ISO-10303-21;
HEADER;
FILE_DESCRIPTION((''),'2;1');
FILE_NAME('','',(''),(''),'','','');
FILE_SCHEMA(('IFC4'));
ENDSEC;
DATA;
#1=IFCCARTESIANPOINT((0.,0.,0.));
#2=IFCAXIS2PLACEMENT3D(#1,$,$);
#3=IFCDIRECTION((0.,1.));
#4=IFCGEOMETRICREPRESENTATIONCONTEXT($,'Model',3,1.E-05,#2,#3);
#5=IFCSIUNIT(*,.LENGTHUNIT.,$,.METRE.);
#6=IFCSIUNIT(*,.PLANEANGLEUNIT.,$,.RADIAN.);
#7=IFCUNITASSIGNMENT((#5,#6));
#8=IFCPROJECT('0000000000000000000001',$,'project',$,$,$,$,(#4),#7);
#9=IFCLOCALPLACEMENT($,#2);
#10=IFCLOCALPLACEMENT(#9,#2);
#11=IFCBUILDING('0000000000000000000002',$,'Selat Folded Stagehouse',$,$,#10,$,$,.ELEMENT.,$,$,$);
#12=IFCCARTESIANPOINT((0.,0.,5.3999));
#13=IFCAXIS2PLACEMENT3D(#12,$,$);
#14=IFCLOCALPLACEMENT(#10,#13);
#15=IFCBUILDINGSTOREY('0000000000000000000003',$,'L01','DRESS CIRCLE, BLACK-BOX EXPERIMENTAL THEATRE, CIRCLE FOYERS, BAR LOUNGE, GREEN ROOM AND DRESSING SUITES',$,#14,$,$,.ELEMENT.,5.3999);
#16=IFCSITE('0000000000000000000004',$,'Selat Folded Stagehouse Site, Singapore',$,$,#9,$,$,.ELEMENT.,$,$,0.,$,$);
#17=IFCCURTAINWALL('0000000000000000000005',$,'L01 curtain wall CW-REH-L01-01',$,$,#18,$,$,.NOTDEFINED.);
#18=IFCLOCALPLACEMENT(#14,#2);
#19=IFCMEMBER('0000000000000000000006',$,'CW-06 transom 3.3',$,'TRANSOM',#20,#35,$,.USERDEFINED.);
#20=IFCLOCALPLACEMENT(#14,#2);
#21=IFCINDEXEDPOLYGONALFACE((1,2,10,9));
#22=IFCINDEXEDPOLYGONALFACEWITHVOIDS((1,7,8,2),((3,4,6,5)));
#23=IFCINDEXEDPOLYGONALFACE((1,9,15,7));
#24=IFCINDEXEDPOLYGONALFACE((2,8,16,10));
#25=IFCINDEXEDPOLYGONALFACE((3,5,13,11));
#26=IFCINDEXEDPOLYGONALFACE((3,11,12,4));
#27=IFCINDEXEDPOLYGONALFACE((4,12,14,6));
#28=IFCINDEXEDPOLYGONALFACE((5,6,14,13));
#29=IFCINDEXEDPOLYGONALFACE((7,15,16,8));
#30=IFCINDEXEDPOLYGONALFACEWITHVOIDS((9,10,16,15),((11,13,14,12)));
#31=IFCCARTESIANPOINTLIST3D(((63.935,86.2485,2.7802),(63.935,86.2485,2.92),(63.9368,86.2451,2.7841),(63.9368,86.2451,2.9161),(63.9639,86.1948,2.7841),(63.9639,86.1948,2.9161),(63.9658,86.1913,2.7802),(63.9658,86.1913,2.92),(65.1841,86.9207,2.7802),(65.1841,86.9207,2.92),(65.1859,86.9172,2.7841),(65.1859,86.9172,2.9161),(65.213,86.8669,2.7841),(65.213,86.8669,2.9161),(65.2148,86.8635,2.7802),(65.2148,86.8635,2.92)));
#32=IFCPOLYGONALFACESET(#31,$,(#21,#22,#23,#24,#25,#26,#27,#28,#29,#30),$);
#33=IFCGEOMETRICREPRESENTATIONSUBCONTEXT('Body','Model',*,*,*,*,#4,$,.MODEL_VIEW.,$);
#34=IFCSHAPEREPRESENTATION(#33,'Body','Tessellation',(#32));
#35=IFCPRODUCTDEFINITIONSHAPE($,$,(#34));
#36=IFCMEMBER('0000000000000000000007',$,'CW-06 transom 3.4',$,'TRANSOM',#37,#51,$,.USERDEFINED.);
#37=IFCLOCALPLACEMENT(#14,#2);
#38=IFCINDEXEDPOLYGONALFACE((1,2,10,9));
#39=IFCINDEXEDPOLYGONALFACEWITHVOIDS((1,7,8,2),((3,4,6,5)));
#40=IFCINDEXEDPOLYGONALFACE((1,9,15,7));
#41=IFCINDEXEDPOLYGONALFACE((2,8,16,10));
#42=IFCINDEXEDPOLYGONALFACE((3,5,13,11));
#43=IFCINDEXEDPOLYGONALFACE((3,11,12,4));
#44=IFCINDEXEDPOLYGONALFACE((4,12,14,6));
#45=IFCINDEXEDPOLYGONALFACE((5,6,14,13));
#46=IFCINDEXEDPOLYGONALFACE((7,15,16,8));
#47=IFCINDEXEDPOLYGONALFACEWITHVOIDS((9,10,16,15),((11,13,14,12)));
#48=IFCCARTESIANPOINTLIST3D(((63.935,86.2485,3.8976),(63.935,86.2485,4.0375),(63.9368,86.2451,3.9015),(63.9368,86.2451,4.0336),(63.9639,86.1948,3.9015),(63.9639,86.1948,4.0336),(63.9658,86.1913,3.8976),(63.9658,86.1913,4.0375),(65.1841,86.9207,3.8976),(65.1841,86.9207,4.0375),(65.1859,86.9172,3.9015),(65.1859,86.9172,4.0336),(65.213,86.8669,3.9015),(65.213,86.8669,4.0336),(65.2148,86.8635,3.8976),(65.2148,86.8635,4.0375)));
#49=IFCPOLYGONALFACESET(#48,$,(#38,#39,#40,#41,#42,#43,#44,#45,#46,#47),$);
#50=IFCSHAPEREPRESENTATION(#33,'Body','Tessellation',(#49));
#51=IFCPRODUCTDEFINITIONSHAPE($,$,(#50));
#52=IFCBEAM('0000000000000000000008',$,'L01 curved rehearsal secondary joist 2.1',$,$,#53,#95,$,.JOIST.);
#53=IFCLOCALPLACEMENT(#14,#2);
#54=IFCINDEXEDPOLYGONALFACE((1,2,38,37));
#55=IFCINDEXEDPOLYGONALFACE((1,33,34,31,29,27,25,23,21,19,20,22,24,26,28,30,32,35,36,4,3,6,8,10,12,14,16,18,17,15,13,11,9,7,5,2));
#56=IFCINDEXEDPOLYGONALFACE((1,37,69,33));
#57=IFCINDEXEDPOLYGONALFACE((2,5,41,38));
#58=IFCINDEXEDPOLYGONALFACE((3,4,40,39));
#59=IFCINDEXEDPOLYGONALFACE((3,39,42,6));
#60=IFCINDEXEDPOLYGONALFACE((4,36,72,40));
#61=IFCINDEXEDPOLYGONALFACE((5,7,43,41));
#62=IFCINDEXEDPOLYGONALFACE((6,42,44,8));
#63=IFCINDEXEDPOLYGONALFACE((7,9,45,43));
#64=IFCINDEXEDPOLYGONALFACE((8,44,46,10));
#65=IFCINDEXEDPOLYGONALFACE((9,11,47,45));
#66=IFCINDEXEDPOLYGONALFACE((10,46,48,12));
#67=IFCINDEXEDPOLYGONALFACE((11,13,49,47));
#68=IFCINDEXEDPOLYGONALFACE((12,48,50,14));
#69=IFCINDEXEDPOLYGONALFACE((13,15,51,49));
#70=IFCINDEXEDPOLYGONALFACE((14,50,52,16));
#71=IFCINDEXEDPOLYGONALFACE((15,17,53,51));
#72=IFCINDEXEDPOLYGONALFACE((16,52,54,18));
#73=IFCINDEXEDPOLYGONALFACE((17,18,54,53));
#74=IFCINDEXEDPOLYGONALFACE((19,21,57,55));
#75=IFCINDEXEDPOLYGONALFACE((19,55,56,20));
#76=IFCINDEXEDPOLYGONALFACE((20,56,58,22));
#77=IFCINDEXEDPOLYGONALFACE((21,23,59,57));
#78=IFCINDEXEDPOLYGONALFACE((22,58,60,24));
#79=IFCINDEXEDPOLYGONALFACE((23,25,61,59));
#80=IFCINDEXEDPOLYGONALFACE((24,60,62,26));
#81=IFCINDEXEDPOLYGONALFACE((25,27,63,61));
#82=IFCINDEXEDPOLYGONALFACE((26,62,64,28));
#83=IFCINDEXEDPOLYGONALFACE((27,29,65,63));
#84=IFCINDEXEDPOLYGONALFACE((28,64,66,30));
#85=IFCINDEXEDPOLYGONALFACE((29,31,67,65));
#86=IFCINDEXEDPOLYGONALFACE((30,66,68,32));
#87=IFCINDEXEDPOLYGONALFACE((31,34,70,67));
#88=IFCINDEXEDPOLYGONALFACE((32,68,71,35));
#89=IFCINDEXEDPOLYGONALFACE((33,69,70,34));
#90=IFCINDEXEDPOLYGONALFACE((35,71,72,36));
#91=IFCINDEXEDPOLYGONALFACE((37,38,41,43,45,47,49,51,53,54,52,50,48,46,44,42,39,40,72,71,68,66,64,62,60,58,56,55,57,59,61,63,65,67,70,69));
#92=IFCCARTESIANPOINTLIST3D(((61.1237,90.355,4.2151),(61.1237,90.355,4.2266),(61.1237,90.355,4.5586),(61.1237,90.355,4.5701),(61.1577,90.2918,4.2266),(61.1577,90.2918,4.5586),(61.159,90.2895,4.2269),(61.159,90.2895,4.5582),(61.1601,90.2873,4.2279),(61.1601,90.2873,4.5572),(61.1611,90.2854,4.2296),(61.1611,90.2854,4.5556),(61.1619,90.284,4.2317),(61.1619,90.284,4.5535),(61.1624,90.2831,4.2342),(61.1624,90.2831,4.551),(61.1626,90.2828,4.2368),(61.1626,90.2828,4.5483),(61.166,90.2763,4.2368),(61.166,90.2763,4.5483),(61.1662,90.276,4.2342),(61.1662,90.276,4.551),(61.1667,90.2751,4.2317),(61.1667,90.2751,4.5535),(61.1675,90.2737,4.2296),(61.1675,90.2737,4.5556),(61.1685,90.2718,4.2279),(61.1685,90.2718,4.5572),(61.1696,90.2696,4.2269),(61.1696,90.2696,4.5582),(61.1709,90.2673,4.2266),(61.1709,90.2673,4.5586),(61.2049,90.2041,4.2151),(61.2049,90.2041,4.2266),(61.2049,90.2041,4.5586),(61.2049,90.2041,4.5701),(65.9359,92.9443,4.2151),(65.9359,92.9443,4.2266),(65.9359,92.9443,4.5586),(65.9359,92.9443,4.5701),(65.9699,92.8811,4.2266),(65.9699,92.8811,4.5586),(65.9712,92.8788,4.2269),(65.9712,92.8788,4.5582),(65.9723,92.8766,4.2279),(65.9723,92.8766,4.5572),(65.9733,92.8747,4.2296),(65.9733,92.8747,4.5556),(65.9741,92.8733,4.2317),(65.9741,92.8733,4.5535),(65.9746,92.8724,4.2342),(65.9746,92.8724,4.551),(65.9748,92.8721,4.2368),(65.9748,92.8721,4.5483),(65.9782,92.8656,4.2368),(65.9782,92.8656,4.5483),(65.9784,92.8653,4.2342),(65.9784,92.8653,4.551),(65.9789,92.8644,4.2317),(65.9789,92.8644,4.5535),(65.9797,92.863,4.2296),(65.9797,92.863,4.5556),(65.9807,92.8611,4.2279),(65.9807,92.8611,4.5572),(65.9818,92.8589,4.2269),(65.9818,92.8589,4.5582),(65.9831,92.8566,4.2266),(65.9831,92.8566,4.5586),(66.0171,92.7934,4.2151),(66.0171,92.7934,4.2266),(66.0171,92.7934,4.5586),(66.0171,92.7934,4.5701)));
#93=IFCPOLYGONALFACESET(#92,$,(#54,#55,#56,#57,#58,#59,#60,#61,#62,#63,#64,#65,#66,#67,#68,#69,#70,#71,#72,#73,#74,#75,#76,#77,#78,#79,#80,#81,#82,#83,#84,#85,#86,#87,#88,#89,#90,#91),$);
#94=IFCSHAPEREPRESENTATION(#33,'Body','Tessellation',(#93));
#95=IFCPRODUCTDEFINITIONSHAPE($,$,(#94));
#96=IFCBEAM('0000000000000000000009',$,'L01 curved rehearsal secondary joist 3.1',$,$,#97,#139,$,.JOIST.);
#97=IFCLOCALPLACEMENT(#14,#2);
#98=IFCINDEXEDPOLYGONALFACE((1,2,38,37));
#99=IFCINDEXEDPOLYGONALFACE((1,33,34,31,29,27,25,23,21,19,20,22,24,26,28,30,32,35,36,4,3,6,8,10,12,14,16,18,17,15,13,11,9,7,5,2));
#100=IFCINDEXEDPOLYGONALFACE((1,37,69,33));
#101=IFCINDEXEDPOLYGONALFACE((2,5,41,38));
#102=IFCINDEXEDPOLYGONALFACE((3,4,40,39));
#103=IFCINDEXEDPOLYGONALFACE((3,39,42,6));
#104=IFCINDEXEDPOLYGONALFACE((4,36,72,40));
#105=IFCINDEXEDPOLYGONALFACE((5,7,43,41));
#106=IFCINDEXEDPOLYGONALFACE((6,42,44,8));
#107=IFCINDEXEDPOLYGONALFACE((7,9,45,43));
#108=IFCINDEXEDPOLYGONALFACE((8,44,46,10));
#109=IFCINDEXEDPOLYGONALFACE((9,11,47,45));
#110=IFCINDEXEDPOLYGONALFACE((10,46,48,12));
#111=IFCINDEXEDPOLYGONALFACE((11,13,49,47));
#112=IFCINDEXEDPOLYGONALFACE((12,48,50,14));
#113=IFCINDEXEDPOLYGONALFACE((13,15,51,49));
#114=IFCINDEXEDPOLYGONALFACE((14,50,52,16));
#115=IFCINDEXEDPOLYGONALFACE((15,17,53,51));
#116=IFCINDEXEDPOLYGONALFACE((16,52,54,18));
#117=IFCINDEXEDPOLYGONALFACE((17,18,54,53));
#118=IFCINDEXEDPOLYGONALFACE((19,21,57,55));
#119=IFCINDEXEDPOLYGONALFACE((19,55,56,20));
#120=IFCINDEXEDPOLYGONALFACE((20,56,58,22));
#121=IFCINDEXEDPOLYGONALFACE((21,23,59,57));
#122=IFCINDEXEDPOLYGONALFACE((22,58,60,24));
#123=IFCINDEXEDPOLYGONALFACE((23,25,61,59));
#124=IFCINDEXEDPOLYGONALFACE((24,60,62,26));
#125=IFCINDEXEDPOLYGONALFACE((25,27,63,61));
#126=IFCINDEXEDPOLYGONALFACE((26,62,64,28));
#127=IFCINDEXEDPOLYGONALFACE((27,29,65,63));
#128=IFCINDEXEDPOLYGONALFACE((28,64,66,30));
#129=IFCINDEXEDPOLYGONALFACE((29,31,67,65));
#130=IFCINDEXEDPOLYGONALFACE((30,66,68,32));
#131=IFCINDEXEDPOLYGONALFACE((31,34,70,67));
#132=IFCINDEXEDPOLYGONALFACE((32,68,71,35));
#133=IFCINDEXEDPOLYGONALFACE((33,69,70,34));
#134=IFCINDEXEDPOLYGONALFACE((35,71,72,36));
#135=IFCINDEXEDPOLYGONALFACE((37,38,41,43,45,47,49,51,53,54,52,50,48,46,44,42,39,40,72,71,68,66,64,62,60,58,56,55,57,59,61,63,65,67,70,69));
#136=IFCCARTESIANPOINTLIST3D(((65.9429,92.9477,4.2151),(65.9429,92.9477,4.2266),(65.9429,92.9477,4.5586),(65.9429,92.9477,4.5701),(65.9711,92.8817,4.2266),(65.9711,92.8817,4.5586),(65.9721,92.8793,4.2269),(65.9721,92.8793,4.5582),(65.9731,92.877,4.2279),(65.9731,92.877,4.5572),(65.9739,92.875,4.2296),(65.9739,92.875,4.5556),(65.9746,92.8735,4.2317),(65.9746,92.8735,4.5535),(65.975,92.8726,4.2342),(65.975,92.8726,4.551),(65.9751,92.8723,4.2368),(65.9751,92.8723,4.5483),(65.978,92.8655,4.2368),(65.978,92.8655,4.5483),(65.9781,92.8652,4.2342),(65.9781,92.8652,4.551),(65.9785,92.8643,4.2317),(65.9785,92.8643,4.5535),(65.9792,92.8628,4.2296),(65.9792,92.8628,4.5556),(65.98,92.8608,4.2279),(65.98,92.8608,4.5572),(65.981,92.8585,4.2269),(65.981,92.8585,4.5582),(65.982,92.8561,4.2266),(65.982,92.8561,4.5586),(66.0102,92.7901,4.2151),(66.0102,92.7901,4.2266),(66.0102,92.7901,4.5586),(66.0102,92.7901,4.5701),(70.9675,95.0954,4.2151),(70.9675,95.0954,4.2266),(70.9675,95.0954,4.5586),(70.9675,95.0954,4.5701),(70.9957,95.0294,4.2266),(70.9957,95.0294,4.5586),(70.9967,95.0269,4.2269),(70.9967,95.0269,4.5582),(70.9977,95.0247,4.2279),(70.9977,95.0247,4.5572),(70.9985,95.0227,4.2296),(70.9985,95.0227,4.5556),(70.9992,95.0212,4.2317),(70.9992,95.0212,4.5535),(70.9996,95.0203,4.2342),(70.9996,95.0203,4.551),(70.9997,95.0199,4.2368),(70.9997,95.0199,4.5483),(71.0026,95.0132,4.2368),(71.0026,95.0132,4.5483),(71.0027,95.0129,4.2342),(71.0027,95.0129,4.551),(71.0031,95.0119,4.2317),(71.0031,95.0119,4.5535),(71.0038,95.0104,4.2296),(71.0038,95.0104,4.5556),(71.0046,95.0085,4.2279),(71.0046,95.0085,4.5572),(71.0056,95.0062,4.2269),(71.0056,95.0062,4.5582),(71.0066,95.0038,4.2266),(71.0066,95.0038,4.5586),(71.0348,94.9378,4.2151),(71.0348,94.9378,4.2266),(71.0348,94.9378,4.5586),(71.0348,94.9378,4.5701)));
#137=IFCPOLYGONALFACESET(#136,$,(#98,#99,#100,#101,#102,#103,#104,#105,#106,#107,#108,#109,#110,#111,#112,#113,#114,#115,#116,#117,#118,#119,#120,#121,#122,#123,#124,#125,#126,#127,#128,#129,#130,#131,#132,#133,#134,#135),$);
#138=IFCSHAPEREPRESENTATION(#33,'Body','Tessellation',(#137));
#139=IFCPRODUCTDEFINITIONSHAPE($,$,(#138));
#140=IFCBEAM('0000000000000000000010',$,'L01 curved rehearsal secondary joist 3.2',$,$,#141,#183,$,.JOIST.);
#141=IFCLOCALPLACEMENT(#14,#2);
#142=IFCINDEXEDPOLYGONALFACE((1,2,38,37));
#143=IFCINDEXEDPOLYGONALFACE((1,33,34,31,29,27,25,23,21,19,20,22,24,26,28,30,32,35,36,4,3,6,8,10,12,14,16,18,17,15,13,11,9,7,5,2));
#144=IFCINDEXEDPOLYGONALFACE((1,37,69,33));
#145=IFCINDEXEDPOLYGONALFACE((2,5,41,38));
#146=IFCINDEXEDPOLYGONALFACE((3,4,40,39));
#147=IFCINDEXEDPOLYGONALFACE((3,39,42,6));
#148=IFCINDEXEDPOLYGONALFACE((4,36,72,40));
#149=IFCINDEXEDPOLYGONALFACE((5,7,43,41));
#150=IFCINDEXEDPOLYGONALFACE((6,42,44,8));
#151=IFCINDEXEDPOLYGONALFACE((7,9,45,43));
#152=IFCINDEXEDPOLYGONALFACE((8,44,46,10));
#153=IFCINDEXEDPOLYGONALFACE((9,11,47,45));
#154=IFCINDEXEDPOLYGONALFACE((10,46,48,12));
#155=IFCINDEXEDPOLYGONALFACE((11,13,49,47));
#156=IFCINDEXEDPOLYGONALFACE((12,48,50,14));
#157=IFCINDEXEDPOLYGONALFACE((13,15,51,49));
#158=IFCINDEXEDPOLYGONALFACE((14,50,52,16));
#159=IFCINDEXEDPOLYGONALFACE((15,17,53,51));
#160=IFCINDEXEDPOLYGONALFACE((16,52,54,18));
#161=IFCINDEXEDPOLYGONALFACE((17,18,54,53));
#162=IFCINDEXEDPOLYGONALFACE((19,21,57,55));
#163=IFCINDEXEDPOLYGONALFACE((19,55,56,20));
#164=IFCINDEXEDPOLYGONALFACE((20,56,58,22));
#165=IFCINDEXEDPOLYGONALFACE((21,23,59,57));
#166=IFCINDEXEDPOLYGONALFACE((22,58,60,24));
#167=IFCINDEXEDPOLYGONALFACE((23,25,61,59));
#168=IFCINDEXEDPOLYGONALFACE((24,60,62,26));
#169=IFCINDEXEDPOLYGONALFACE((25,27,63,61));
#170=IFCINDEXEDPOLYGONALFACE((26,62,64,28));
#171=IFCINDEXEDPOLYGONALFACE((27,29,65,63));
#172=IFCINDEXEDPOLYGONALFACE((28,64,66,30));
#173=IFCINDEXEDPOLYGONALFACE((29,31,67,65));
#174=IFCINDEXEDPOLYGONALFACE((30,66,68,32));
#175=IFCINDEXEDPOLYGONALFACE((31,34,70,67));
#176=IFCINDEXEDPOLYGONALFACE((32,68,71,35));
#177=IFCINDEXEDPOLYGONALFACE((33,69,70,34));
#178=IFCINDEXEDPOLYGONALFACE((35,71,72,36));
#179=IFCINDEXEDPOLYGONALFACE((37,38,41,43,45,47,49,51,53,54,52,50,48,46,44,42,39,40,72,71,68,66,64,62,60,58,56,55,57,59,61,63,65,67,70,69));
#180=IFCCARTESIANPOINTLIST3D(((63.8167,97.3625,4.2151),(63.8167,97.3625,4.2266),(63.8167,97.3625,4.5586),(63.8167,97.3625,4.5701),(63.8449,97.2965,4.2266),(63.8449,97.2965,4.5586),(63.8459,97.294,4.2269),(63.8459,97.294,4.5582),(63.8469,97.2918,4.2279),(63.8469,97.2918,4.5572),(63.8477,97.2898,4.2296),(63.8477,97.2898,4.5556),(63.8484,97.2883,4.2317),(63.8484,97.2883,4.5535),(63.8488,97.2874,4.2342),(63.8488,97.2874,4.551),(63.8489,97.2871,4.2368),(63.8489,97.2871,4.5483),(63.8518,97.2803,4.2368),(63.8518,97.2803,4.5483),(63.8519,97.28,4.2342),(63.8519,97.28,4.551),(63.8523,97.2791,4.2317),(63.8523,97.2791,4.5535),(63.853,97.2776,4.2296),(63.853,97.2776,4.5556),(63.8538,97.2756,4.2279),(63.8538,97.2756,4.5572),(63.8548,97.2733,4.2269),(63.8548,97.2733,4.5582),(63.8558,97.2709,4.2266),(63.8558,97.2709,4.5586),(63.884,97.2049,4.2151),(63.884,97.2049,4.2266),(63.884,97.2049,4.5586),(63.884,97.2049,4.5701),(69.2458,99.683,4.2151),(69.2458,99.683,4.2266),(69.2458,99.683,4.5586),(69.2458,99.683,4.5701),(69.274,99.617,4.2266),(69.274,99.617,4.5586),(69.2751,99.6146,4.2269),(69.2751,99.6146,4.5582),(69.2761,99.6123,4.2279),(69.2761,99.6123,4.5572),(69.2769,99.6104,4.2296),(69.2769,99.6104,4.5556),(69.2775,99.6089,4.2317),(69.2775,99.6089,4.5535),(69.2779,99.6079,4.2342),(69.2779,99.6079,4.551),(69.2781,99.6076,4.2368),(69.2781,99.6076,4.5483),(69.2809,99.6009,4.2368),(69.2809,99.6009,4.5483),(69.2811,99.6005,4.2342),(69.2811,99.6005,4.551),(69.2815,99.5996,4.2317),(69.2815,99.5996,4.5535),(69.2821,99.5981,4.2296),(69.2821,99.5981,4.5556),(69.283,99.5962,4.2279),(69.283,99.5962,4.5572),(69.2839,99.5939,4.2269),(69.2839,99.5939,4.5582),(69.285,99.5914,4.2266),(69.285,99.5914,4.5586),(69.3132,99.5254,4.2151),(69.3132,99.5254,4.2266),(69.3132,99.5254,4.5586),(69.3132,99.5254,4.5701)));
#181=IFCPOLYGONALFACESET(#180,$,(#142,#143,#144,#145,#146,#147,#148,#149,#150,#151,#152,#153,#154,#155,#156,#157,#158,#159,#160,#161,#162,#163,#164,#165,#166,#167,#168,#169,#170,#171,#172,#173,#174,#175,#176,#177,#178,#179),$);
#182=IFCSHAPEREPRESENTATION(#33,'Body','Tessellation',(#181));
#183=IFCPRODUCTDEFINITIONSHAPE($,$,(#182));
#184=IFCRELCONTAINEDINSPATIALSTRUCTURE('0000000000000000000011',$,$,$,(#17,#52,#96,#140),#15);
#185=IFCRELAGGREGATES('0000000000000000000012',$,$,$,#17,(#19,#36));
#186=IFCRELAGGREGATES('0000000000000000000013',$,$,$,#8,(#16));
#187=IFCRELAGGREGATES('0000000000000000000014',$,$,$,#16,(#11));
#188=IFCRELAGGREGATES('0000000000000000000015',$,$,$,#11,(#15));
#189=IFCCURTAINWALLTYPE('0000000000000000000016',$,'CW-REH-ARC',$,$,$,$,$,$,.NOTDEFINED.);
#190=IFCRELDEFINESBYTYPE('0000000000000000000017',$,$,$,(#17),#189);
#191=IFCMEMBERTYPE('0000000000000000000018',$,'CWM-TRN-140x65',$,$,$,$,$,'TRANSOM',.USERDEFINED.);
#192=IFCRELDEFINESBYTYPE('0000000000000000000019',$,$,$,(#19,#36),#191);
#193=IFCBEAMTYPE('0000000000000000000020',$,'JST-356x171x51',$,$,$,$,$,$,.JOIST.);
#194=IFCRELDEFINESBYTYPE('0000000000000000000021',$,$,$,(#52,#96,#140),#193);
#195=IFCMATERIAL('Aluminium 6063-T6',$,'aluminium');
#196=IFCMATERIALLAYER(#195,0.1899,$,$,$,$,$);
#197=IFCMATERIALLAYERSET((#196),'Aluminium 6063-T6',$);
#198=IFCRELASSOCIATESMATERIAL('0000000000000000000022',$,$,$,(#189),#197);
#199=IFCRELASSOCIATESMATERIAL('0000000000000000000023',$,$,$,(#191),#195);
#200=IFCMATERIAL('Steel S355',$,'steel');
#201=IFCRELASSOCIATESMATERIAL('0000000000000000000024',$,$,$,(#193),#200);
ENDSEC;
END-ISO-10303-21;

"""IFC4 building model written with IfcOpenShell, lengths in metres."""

from ifc_helpers import new_model, si_unit, direction, frame, origin, origin_2d, place, context, subcontext, project, spatial, hollow_rectangle, i_section, extrude, material, layer, layer_set, material_profile, profile_set, type_object, element, aggregate, save


model = new_model("IFC4")

# Units and contexts
model_context = context("Model", 3, precision=1e-05, world=origin(), true_north=direction((0.0, 1.0)))
body_context = subcontext(model_context, "Body", "Model", "MODEL_VIEW")
ifc_project = project(units=[si_unit("LENGTHUNIT", "METRE"), si_unit("PLANEANGLEUNIT", "RADIAN")], contexts=[model_context])

# Site, building, storey
site_placement = place(None, origin())
site = spatial("IfcSite", under=ifc_project, at=site_placement, Name="Selat Folded Stagehouse Site, Singapore", CompositionType="ELEMENT", RefElevation=0.0)
building_placement = place(site_placement, origin())
building = spatial("IfcBuilding", under=site, at=building_placement, Name="Selat Folded Stagehouse", CompositionType="ELEMENT")
storey_placement = place(building_placement, frame((0.0, 0.0, 5.3999)))
storey = spatial("IfcBuildingStorey", under=building, at=storey_placement, Name="L01", Description="DRESS CIRCLE, BLACK-BOX EXPERIMENTAL THEATRE, CIRCLE FOYERS, BAR LOUNGE, GREEN ROOM AND DRESSING SUITES", CompositionType="ELEMENT", Elevation=5.3999)

# Shared definitions
ifc_material_1 = material(Name="Steel S355", Category="steel")

# Curtain wall, members
ifc_material_2 = material(Name="Aluminium 6063-T6", Category="aluminium")
ifc_layer_1 = layer(ifc_material_2, 0.1899)
ifc_layer_set_1 = layer_set([ifc_layer_1], Name="Aluminium 6063-T6")
curtain_wall_type = type_object("IfcCurtainWallType", Name="CW-REH-ARC", PredefinedType="NOTDEFINED", material=ifc_layer_set_1)
curtain_wall_placement = place(storey_placement, origin())
curtain_wall = element("IfcCurtainWall", 1, at=curtain_wall_placement, inside=storey, type_object=curtain_wall_type, Name="L01 curtain wall CW-REH-L01-01", PredefinedType="NOTDEFINED")
ifc_material_profile_1 = material_profile(ifc_material_2, hollow_rectangle(XDim=0.0649, YDim=0.1399, WallThickness=0.0039, at=origin_2d()), Name="ALU 140x65x4.0")
ifc_profile_set_1 = profile_set([ifc_material_profile_1], Name="Aluminium 6063-T6")
member_type_1 = type_object("IfcMemberType", Name="CWM-TRN-140x65", ElementType="TRANSOM", PredefinedType="USERDEFINED", material=ifc_profile_set_1)
member_1_placement = place(storey_placement, frame((65.1995, 86.8921, 2.8501), z_axis=(-0.880598, -0.473864, 0.0), x_axis=(0.473864, -0.880598, 0.0)))
member_1 = element("IfcMember", 2, at=member_1_placement, type_object=member_type_1, Name="CW-06 transom 3.3", ObjectType="TRANSOM", PredefinedType="USERDEFINED", context=body_context, shape_type="SweptSolid", body=[
    extrude(hollow_rectangle(XDim=0.0649, YDim=0.1399, WallThickness=0.0039, at=origin_2d()), origin(), (0.0, 0.0, 1.0), 1.4185),
])
member_2_placement = place(storey_placement, frame((65.1995, 86.8921, 3.9675), z_axis=(-0.880598, -0.473864, 0.0), x_axis=(0.473864, -0.880598, 0.0)))
member_2 = element("IfcMember", 3, at=member_2_placement, type_object=member_type_1, Name="CW-06 transom 3.4", ObjectType="TRANSOM", PredefinedType="USERDEFINED", context=body_context, shape_type="SweptSolid", body=[
    extrude(hollow_rectangle(XDim=0.0649, YDim=0.1399, WallThickness=0.0039, at=origin_2d()), origin(), (0.0, 0.0, 1.0), 1.4185),
])

# Beams
ifc_material_profile_2 = material_profile(ifc_material_1, i_section(OverallWidth=0.1714, OverallDepth=0.355, WebThickness=0.0073, FlangeThickness=0.0115, FilletRadius=0.0103, at=origin_2d()), Name="UKB 356x171x51")
ifc_profile_set_2 = profile_set([ifc_material_profile_2], Name="Steel S355")
beam_type_1 = type_object("IfcBeamType", Name="JST-356x171x51", PredefinedType="JOIST", material=ifc_profile_set_2)
beam_1_placement = place(storey_placement, frame((61.1643, 90.2795, 4.3926), z_axis=(0.880613, 0.473836, 0.0), x_axis=(-0.473836, 0.880613, 0.0)))
element("IfcBeam", 4, at=beam_1_placement, inside=storey, type_object=beam_type_1, Name="L01 curved rehearsal secondary joist 2.1", PredefinedType="JOIST", context=body_context, shape_type="SweptSolid", body=[
    extrude(i_section(OverallWidth=0.1714, OverallDepth=0.355, WebThickness=0.0073, FlangeThickness=0.0115, FilletRadius=0.0103, at=origin_2d()), origin(), (0.0, 0.0, 1.0), 5.4646),
])
beam_2_placement = place(storey_placement, frame((65.9766, 92.8689, 4.3926), z_axis=(0.919524, 0.393035, 0.0), x_axis=(-0.393035, 0.919524, 0.0)))
element("IfcBeam", 5, at=beam_2_placement, inside=storey, type_object=beam_type_1, Name="L01 curved rehearsal secondary joist 3.1", PredefinedType="JOIST", context=body_context, shape_type="SweptSolid", body=[
    extrude(i_section(OverallWidth=0.1714, OverallDepth=0.355, WebThickness=0.0073, FlangeThickness=0.0115, FilletRadius=0.0103, at=origin_2d()), origin(), (0.0, 0.0, 1.0), 5.4644),
])
beam_3_placement = place(storey_placement, frame((63.8503, 97.2837, 4.3926), z_axis=(0.919527, 0.393026, 0.0), x_axis=(-0.393026, 0.919527, 0.0)))
element("IfcBeam", 6, at=beam_3_placement, inside=storey, type_object=beam_type_1, Name="L01 curved rehearsal secondary joist 3.2", PredefinedType="JOIST", context=body_context, shape_type="SweptSolid", body=[
    extrude(i_section(OverallWidth=0.1714, OverallDepth=0.355, WebThickness=0.0073, FlangeThickness=0.0115, FilletRadius=0.0103, at=origin_2d()), origin(), (0.0, 0.0, 1.0), 5.9043),
])

aggregate(curtain_wall, [member_1, member_2])

save(model, "model.ifc")
